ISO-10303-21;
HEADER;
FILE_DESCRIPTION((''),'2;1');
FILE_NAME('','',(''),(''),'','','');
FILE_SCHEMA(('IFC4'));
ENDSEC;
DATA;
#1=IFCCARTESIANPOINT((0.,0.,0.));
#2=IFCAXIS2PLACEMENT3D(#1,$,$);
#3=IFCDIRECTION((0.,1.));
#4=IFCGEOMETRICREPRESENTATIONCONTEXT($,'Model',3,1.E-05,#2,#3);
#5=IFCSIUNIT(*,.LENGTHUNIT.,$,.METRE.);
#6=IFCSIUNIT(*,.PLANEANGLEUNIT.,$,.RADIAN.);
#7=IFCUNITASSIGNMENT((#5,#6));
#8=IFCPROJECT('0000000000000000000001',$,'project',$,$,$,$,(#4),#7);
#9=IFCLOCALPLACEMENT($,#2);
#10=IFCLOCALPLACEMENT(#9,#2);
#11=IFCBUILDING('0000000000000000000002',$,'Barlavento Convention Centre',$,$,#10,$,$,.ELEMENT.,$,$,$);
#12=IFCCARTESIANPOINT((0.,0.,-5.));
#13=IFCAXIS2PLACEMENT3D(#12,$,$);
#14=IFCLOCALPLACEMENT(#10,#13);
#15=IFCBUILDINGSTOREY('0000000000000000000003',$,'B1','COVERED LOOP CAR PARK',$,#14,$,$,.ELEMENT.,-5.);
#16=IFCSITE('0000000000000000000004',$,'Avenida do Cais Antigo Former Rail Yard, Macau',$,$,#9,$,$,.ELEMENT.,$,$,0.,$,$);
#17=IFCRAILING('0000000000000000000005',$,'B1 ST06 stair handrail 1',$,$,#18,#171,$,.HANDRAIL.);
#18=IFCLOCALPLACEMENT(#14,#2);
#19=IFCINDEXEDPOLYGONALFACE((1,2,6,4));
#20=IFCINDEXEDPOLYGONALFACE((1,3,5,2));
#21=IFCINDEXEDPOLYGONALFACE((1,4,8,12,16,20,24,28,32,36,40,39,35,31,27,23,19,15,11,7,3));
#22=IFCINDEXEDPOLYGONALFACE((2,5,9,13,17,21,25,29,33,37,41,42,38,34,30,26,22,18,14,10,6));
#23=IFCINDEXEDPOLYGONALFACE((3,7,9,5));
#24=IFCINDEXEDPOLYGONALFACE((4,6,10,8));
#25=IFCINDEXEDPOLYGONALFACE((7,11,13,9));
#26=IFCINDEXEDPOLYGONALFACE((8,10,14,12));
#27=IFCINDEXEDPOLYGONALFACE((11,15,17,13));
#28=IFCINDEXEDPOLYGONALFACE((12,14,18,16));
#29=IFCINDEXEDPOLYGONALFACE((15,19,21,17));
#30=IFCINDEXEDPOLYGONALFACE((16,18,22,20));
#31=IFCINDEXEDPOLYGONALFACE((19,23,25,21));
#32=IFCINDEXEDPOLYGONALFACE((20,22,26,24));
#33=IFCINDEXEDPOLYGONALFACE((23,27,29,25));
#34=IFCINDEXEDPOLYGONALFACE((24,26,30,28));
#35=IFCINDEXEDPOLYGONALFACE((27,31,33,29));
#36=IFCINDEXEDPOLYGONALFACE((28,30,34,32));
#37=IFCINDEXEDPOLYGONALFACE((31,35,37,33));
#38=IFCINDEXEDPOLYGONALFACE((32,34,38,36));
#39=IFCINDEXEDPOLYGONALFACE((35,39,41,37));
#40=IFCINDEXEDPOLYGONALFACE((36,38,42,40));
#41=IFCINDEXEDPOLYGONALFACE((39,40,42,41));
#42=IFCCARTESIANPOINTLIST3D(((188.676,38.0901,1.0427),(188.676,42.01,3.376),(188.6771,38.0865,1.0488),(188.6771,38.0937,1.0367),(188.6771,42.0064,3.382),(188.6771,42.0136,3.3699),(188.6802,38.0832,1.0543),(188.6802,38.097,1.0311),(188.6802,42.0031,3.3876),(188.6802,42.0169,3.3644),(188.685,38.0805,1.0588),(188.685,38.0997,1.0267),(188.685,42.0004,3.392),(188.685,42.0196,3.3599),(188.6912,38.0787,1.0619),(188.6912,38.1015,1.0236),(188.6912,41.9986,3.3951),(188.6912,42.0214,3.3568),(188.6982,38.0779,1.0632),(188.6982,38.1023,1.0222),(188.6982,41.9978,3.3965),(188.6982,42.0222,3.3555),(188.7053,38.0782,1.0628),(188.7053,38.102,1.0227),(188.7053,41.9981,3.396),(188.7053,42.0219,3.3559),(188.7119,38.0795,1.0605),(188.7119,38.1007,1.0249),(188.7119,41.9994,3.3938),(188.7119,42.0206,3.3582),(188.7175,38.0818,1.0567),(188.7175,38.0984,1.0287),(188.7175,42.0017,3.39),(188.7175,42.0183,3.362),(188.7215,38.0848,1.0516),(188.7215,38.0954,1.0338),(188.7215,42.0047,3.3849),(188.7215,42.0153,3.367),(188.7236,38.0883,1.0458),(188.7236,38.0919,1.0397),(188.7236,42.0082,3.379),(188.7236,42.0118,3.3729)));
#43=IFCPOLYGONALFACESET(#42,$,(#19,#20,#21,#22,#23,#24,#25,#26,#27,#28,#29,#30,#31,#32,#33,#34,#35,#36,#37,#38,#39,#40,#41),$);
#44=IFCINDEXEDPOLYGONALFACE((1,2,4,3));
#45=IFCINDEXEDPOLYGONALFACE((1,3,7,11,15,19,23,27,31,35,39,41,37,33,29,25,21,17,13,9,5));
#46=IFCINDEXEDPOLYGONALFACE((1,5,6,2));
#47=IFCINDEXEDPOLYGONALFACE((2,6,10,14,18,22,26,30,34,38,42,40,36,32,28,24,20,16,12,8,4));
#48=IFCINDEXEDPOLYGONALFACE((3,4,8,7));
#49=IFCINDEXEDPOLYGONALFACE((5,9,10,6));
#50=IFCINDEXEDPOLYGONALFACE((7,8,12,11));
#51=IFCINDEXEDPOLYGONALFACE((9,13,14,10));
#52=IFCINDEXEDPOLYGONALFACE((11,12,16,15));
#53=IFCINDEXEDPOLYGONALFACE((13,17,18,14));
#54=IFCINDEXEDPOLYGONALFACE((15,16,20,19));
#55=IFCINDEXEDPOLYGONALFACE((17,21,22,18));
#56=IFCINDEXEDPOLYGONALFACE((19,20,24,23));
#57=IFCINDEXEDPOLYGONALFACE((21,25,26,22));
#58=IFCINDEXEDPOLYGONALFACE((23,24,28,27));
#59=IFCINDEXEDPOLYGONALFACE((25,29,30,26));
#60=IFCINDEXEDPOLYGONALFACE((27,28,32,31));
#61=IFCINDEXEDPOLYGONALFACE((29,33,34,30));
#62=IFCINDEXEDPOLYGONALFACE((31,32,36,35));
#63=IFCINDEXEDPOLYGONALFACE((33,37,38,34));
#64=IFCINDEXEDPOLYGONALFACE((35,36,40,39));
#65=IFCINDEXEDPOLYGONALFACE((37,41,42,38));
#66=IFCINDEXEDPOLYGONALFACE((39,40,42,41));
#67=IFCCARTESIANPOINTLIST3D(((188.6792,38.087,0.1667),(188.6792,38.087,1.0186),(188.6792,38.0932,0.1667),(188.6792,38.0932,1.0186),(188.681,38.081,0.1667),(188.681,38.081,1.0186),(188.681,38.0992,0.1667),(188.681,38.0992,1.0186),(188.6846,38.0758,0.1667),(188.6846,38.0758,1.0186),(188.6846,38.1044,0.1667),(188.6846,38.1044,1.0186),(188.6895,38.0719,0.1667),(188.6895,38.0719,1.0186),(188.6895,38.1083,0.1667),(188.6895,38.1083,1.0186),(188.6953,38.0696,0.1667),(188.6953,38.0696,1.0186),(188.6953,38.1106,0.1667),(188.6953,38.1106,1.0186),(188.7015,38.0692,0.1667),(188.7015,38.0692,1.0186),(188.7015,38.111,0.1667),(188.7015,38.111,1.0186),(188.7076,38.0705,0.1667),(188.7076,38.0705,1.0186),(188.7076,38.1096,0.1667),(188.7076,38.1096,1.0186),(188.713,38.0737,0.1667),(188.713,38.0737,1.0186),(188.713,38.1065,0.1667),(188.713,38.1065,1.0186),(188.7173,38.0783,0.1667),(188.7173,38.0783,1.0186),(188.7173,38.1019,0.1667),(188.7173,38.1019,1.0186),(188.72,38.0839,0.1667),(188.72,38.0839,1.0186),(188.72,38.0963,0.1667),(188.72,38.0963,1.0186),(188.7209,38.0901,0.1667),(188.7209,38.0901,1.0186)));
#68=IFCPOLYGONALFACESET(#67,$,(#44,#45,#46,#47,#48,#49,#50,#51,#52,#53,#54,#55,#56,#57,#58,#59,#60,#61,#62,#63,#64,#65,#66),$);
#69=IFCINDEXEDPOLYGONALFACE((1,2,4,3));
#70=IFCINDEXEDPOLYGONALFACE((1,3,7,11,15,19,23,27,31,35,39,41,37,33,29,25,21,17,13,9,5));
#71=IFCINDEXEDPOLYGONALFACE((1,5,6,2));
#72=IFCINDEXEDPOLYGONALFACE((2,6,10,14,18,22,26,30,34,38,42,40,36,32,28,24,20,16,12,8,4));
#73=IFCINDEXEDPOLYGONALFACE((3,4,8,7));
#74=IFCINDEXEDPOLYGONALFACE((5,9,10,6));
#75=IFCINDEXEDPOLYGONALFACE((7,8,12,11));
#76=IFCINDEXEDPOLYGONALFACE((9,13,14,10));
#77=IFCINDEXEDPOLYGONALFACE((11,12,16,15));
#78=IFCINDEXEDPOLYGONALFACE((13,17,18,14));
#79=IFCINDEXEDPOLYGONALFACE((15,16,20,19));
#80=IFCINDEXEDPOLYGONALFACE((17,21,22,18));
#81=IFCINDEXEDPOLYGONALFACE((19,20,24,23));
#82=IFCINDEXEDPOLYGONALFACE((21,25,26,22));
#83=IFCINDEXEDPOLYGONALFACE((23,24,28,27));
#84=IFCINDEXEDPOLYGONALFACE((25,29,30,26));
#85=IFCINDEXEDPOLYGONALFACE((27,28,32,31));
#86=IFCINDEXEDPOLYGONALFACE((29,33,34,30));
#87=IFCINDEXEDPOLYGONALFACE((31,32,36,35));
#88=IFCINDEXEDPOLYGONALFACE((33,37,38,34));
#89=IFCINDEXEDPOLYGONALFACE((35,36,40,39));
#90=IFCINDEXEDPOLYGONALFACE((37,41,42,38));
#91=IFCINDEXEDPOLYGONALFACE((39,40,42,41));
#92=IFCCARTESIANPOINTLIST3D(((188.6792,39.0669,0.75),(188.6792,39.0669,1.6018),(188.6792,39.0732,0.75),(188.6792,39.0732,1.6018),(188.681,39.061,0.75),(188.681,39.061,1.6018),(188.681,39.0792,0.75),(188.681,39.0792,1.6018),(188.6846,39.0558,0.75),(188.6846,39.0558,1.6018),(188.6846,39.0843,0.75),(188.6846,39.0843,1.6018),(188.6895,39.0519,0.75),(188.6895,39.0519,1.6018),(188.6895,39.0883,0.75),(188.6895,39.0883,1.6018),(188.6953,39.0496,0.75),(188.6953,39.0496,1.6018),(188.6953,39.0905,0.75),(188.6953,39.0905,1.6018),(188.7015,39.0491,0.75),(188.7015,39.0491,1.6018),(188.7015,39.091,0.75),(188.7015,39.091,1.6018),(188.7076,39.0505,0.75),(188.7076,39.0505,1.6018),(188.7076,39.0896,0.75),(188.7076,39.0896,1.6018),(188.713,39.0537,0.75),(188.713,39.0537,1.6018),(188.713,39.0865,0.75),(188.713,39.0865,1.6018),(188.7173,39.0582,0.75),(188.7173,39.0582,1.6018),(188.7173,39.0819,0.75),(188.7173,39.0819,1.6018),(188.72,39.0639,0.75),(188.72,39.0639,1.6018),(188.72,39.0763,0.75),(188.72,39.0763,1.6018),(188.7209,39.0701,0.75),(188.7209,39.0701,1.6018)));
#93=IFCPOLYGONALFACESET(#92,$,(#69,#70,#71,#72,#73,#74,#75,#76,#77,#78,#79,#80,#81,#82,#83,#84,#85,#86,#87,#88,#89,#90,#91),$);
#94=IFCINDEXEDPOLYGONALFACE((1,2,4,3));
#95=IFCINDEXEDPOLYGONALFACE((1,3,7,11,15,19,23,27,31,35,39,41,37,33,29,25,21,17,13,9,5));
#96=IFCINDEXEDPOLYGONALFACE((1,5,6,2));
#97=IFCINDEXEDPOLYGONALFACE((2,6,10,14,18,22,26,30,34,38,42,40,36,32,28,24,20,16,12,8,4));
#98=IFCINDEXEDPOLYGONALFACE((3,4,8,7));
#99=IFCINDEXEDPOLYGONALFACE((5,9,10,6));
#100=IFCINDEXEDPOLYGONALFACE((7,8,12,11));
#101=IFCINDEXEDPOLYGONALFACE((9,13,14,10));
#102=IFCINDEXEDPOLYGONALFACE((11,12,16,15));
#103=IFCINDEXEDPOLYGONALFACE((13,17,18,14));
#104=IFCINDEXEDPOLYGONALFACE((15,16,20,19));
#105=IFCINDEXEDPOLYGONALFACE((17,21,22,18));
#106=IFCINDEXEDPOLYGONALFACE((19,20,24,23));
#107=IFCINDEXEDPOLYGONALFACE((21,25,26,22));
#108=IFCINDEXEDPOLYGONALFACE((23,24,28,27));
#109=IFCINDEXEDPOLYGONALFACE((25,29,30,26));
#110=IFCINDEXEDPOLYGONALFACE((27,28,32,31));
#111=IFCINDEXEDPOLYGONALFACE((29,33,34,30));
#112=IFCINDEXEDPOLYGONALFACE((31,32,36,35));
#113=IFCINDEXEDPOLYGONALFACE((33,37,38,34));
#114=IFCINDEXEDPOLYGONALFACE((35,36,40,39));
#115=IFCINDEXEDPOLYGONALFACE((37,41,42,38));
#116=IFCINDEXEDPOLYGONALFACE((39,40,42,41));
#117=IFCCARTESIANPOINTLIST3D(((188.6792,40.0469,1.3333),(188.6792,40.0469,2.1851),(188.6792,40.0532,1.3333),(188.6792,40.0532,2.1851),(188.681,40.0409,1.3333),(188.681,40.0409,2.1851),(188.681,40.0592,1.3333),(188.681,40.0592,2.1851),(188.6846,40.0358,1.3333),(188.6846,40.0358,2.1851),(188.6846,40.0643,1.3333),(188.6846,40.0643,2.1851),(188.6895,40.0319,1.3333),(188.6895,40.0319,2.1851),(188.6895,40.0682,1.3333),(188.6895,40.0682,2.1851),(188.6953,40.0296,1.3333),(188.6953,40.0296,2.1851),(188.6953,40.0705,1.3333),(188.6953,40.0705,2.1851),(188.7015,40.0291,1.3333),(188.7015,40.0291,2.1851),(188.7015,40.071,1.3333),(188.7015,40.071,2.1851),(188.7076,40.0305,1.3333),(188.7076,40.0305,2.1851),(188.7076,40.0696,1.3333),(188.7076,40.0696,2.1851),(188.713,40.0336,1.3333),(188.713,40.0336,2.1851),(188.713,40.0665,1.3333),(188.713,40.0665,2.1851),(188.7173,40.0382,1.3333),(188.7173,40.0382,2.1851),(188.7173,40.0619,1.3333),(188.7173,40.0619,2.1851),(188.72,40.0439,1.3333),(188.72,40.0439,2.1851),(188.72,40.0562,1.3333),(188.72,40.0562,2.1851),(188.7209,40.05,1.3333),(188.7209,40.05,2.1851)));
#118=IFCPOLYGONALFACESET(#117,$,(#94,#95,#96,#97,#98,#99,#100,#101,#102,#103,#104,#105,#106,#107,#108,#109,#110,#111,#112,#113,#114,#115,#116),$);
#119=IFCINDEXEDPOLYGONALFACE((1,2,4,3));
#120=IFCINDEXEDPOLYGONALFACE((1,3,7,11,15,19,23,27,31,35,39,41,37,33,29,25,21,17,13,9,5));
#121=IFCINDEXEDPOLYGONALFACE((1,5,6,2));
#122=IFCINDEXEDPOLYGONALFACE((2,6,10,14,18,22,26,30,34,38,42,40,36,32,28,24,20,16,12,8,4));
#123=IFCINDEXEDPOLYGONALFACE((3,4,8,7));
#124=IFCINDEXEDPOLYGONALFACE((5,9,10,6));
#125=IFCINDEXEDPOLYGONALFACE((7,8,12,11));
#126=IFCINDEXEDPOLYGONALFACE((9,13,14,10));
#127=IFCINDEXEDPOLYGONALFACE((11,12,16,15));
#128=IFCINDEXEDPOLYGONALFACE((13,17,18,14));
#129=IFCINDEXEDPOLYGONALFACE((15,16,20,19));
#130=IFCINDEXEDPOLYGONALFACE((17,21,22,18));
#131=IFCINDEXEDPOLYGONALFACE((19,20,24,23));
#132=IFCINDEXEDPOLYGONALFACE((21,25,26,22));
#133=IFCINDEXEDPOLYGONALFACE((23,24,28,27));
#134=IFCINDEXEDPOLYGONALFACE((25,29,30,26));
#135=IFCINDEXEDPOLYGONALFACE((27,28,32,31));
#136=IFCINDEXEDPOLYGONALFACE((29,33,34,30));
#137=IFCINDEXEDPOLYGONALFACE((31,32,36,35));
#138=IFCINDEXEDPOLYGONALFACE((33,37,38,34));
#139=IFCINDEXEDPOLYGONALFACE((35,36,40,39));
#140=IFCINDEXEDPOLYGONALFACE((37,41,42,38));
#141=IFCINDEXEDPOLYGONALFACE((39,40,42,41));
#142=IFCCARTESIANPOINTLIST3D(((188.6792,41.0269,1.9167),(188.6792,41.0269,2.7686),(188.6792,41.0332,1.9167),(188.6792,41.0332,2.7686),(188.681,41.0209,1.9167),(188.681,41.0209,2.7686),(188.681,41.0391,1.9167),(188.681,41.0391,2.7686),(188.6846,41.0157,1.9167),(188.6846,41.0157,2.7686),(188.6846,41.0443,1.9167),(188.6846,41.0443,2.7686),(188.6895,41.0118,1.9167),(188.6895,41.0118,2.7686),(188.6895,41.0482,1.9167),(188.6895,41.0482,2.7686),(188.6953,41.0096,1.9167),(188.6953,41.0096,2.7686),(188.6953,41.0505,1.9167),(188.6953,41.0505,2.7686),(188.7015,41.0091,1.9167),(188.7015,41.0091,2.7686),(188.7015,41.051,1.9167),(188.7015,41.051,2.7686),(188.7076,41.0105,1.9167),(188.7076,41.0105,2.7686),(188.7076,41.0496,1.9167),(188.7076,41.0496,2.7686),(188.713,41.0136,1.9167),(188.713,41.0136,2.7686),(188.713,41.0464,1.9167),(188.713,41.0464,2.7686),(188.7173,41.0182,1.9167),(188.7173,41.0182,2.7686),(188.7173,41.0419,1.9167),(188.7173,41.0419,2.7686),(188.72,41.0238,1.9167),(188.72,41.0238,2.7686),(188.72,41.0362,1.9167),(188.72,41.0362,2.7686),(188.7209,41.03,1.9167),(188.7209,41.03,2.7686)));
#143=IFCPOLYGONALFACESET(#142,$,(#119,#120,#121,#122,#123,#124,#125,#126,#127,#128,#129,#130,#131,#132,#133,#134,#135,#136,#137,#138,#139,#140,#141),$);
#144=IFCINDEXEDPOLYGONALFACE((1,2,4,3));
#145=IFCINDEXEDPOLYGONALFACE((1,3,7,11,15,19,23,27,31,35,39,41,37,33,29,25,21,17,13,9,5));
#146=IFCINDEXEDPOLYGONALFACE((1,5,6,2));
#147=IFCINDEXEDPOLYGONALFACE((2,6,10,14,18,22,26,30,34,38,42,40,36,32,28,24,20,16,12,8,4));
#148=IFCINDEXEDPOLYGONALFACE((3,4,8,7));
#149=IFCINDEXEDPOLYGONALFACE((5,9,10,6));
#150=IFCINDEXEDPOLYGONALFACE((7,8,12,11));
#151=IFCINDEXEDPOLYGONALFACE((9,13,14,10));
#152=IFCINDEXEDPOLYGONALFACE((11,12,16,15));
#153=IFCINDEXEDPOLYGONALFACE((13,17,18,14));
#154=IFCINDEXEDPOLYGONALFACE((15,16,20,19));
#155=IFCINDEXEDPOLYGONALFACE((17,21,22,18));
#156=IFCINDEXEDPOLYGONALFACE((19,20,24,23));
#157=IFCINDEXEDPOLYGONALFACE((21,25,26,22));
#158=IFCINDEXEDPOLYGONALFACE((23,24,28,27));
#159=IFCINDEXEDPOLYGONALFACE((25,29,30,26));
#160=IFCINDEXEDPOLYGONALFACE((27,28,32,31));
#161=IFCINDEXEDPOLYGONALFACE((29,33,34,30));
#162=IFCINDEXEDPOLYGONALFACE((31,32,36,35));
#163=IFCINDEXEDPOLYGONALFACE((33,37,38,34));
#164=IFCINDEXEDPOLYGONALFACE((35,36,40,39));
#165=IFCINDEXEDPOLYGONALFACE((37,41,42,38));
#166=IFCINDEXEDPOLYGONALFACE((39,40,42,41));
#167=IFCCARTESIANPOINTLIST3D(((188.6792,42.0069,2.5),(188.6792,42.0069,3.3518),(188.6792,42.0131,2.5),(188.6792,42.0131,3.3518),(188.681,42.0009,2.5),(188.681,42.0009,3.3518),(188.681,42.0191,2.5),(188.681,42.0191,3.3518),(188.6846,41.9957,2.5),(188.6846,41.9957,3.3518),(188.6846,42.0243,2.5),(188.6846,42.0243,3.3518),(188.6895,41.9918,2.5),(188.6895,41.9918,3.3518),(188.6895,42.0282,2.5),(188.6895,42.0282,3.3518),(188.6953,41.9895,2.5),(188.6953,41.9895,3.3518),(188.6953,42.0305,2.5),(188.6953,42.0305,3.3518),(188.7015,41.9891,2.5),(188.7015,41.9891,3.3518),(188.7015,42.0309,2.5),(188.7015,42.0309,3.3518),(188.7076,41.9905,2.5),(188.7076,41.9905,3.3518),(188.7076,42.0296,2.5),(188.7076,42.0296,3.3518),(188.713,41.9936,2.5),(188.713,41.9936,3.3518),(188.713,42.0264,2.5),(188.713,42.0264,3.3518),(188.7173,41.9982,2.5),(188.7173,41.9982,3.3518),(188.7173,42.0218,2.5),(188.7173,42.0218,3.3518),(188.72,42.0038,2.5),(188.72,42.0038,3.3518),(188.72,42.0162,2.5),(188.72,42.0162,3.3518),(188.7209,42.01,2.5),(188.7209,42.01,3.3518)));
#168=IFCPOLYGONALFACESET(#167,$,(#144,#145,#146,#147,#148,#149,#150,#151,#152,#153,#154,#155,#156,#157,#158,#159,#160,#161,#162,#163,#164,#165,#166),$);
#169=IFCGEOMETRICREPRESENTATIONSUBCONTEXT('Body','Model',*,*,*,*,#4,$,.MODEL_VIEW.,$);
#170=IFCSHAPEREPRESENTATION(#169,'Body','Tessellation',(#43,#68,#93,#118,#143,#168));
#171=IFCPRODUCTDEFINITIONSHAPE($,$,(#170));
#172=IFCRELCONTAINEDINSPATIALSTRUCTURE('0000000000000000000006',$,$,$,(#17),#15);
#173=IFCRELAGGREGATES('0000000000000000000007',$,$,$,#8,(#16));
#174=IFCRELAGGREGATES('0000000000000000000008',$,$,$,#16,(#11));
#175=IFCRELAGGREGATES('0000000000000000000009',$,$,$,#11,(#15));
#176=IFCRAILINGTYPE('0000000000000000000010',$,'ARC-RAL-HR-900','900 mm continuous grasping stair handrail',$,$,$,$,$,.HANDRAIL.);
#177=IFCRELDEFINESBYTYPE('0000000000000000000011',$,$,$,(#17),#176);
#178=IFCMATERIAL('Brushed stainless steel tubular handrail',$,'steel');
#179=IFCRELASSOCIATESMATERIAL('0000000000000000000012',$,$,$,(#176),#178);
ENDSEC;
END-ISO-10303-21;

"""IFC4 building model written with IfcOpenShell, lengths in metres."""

from ifc_helpers import new_model, si_unit, direction, frame, origin, origin_2d, place, context, subcontext, project, spatial, circle, extrude, material, type_object, element, save


model = new_model("IFC4")

# Units and contexts
model_context = context("Model", 3, precision=1e-05, world=origin(), true_north=direction((0.0, 1.0)))
body_context = subcontext(model_context, "Body", "Model", "MODEL_VIEW")
ifc_project = project(units=[si_unit("LENGTHUNIT", "METRE"), si_unit("PLANEANGLEUNIT", "RADIAN")], contexts=[model_context])

# Site, building, storey
site_placement = place(None, origin())
site = spatial("IfcSite", under=ifc_project, at=site_placement, Name="Avenida do Cais Antigo Former Rail Yard, Macau", CompositionType="ELEMENT", RefElevation=0.0)
building_placement = place(site_placement, origin())
building = spatial("IfcBuilding", under=site, at=building_placement, Name="Barlavento Convention Centre", CompositionType="ELEMENT")
storey_placement = place(building_placement, frame((0.0, 0.0, -5.0)))
storey = spatial("IfcBuildingStorey", under=building, at=storey_placement, Name="B1", Description="COVERED LOOP CAR PARK", CompositionType="ELEMENT", Elevation=-5.0)

# Railing
ifc_material_1 = material(Name="Brushed stainless steel tubular handrail", Category="steel")
railing_type_1 = type_object("IfcRailingType", Name="ARC-RAL-HR-900", Description="900 mm continuous grasping stair handrail", PredefinedType="HANDRAIL", material=ifc_material_1)
railing_1_placement = place(storey_placement, frame((188.7, 38.0901, 0.1667)))
element("IfcRailing", 1, at=railing_1_placement, inside=storey, type_object=railing_type_1, Name="B1 ST06 stair handrail 1", PredefinedType="HANDRAIL", context=body_context, shape_type="SweptSolid", body=[
    extrude(circle(Radius=0.0239, at=origin_2d()), frame((0.0, 0.0, 0.876), z_axis=(0.0, 0.859296, 0.511478), x_axis=(-1.0, 0.0, 0.0)), (0.0, 0.0, 1.0), 4.5618),
    extrude(circle(Radius=0.021, at=origin_2d()), origin(), (0.0, 0.0, 1.0), 0.8518),
    extrude(circle(Radius=0.021, at=origin_2d()), frame((0.0, 0.98, 0.5833)), (0.0, 0.0, 1.0), 0.8518),
    extrude(circle(Radius=0.021, at=origin_2d()), frame((0.0, 1.96, 1.1665)), (0.0, 0.0, 1.0), 0.8518),
    extrude(circle(Radius=0.021, at=origin_2d()), frame((0.0, 2.9399, 1.75)), (0.0, 0.0, 1.0), 0.8518),
    extrude(circle(Radius=0.021, at=origin_2d()), frame((0.0, 3.9199, 2.3333)), (0.0, 0.0, 1.0), 0.8518),
])

save(model, "model.ifc")
